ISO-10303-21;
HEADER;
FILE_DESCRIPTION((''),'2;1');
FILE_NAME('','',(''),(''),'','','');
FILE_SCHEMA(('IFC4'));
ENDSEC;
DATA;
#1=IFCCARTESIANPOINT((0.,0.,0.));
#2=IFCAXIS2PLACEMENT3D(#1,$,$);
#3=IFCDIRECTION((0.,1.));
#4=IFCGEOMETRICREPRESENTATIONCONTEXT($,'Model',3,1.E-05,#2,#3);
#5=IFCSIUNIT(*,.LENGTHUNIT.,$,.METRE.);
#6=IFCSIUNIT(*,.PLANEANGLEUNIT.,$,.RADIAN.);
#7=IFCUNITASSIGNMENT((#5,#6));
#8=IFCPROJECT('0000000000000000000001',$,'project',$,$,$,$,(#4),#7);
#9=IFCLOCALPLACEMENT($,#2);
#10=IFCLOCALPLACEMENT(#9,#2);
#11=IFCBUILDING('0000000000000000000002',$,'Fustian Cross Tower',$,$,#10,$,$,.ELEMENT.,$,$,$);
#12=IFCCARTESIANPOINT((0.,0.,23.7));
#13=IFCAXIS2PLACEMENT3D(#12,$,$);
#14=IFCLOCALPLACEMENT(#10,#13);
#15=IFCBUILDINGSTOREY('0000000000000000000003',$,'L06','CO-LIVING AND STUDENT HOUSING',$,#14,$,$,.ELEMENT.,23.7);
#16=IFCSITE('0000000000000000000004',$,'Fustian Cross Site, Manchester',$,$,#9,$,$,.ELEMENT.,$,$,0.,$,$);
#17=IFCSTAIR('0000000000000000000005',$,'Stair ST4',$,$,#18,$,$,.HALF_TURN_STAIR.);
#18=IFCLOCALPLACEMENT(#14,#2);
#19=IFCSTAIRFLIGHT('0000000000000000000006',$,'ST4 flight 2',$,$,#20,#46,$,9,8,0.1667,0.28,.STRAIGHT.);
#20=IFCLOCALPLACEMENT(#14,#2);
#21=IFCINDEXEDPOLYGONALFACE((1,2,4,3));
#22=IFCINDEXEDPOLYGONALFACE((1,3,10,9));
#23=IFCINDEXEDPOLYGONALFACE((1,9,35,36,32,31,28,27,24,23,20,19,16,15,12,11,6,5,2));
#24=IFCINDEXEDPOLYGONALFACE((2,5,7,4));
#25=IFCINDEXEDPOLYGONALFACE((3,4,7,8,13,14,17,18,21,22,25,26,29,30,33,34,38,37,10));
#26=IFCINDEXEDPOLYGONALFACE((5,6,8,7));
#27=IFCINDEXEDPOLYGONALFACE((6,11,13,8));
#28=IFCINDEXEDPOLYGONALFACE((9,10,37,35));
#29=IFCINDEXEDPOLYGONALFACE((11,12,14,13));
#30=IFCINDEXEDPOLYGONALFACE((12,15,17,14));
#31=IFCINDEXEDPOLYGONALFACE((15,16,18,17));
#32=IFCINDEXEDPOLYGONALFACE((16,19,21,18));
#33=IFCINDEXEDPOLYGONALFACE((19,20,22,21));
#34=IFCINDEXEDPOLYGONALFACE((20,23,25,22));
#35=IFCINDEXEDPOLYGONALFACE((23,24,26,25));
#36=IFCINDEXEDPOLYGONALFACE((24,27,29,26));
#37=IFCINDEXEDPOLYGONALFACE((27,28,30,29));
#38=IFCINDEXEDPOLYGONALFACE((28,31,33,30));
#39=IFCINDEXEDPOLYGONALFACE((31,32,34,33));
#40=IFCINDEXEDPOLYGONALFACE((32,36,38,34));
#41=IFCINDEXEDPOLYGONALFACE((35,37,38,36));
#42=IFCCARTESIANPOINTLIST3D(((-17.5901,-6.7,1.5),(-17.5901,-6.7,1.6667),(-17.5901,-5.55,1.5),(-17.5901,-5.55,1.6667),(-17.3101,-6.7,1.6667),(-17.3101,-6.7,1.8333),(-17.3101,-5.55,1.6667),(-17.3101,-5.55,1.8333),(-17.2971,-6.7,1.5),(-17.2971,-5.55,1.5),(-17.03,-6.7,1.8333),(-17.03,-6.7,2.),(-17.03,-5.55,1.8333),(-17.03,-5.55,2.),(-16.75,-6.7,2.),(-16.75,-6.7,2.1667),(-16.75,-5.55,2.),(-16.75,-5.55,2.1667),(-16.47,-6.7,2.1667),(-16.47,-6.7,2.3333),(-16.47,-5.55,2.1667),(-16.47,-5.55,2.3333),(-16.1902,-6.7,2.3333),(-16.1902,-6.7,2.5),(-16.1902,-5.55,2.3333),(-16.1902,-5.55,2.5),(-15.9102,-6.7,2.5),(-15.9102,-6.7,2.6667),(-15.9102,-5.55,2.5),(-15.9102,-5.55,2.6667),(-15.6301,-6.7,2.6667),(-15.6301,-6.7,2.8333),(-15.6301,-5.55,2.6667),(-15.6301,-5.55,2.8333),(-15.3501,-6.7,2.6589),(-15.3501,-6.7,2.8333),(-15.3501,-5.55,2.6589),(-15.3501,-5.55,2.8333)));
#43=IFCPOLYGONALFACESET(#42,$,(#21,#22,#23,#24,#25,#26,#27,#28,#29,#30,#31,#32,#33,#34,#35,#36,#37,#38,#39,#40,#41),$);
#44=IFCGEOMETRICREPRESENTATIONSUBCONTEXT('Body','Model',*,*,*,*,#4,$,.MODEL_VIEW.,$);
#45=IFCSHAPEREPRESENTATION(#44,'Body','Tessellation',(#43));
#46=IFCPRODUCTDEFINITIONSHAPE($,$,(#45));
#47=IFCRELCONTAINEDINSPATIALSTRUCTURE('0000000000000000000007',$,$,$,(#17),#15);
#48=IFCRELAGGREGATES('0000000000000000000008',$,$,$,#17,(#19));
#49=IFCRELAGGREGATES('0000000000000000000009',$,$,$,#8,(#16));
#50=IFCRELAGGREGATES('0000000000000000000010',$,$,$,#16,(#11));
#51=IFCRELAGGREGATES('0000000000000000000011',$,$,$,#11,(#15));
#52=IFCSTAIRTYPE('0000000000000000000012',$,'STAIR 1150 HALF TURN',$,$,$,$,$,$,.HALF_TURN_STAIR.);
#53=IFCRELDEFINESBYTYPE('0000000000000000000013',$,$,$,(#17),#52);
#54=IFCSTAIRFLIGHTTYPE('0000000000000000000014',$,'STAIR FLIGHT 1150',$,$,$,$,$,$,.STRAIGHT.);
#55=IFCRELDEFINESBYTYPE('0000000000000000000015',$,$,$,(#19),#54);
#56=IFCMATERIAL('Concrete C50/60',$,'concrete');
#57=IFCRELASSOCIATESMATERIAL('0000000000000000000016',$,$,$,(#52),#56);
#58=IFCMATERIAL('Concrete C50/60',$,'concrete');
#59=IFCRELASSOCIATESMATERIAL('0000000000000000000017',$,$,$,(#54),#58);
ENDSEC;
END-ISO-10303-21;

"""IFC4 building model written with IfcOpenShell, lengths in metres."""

from ifc_helpers import new_model, si_unit, direction, frame, origin, place, context, subcontext, project, spatial, polyline, outline, extrude, material, type_object, element, aggregate, save


model = new_model("IFC4")

# Units and contexts
model_context = context("Model", 3, precision=1e-05, world=origin(), true_north=direction((0.0, 1.0)))
body_context = subcontext(model_context, "Body", "Model", "MODEL_VIEW")
ifc_project = project(units=[si_unit("LENGTHUNIT", "METRE"), si_unit("PLANEANGLEUNIT", "RADIAN")], contexts=[model_context])

# Site, building, storey
site_placement = place(None, origin())
site = spatial("IfcSite", under=ifc_project, at=site_placement, Name="Fustian Cross Site, Manchester", CompositionType="ELEMENT", RefElevation=0.0)
building_placement = place(site_placement, origin())
building = spatial("IfcBuilding", under=site, at=building_placement, Name="Fustian Cross Tower", CompositionType="ELEMENT")
storey_placement = place(building_placement, frame((0.0, 0.0, 23.7)))
storey = spatial("IfcBuildingStorey", under=building, at=storey_placement, Name="L06", Description="CO-LIVING AND STUDENT HOUSING", CompositionType="ELEMENT", Elevation=23.7)

# Stair, stair flight
ifc_material_1 = material(Name="Concrete C50/60", Category="concrete")
stair_type = type_object("IfcStairType", Name="STAIR 1150 HALF TURN", PredefinedType="HALF_TURN_STAIR", material=ifc_material_1)
stair_placement = place(storey_placement, origin())
stair = element("IfcStair", 1, at=stair_placement, inside=storey, type_object=stair_type, Name="Stair ST4", PredefinedType="HALF_TURN_STAIR")
ifc_material_2 = material(Name="Concrete C50/60", Category="concrete")
stair_flight_type = type_object("IfcStairFlightType", Name="STAIR FLIGHT 1150", PredefinedType="STRAIGHT", material=ifc_material_2)
stair_flight_1_placement = place(storey_placement, frame((-17.5901, -6.125, 1.5), z_axis=(0.0, 0.0, 1.0), x_axis=(1.0, 0.0, 0.0)))
stair_flight_1 = element("IfcStairFlight", 2, at=stair_flight_1_placement, type_object=stair_flight_type, Name="ST4 flight 2", NumberOfRisers=9, NumberOfTreads=8, PredefinedType="STRAIGHT", RiserHeight=0.1667, TreadLength=0.28, context=body_context, shape_type="SweptSolid", body=[
    extrude(outline(polyline([(0.0, 0.0), (0.0, 0.1667), (0.28, 0.1667), (0.28, 0.3333), (0.5601, 0.3333), (0.5601, 0.5), (0.8401, 0.5), (0.8401, 0.6667), (1.1201, 0.6667), (1.1201, 0.8333), (1.3999, 0.8333), (1.3999, 1.0), (1.6799, 1.0), (1.6799, 1.1667), (1.96, 1.1667), (1.96, 1.3333), (2.24, 1.3333), (2.24, 1.5), (2.24, 1.1589), (0.293, 0.0), (0.0, 0.0)])), frame((0.0, 0.575, 0.0), z_axis=(0.0, -1.0, 0.0), x_axis=(1.0, 0.0, 0.0)), (0.0, 0.0, 1.0), 1.1499),
])
aggregate(stair, [stair_flight_1])

save(model, "model.ifc")
